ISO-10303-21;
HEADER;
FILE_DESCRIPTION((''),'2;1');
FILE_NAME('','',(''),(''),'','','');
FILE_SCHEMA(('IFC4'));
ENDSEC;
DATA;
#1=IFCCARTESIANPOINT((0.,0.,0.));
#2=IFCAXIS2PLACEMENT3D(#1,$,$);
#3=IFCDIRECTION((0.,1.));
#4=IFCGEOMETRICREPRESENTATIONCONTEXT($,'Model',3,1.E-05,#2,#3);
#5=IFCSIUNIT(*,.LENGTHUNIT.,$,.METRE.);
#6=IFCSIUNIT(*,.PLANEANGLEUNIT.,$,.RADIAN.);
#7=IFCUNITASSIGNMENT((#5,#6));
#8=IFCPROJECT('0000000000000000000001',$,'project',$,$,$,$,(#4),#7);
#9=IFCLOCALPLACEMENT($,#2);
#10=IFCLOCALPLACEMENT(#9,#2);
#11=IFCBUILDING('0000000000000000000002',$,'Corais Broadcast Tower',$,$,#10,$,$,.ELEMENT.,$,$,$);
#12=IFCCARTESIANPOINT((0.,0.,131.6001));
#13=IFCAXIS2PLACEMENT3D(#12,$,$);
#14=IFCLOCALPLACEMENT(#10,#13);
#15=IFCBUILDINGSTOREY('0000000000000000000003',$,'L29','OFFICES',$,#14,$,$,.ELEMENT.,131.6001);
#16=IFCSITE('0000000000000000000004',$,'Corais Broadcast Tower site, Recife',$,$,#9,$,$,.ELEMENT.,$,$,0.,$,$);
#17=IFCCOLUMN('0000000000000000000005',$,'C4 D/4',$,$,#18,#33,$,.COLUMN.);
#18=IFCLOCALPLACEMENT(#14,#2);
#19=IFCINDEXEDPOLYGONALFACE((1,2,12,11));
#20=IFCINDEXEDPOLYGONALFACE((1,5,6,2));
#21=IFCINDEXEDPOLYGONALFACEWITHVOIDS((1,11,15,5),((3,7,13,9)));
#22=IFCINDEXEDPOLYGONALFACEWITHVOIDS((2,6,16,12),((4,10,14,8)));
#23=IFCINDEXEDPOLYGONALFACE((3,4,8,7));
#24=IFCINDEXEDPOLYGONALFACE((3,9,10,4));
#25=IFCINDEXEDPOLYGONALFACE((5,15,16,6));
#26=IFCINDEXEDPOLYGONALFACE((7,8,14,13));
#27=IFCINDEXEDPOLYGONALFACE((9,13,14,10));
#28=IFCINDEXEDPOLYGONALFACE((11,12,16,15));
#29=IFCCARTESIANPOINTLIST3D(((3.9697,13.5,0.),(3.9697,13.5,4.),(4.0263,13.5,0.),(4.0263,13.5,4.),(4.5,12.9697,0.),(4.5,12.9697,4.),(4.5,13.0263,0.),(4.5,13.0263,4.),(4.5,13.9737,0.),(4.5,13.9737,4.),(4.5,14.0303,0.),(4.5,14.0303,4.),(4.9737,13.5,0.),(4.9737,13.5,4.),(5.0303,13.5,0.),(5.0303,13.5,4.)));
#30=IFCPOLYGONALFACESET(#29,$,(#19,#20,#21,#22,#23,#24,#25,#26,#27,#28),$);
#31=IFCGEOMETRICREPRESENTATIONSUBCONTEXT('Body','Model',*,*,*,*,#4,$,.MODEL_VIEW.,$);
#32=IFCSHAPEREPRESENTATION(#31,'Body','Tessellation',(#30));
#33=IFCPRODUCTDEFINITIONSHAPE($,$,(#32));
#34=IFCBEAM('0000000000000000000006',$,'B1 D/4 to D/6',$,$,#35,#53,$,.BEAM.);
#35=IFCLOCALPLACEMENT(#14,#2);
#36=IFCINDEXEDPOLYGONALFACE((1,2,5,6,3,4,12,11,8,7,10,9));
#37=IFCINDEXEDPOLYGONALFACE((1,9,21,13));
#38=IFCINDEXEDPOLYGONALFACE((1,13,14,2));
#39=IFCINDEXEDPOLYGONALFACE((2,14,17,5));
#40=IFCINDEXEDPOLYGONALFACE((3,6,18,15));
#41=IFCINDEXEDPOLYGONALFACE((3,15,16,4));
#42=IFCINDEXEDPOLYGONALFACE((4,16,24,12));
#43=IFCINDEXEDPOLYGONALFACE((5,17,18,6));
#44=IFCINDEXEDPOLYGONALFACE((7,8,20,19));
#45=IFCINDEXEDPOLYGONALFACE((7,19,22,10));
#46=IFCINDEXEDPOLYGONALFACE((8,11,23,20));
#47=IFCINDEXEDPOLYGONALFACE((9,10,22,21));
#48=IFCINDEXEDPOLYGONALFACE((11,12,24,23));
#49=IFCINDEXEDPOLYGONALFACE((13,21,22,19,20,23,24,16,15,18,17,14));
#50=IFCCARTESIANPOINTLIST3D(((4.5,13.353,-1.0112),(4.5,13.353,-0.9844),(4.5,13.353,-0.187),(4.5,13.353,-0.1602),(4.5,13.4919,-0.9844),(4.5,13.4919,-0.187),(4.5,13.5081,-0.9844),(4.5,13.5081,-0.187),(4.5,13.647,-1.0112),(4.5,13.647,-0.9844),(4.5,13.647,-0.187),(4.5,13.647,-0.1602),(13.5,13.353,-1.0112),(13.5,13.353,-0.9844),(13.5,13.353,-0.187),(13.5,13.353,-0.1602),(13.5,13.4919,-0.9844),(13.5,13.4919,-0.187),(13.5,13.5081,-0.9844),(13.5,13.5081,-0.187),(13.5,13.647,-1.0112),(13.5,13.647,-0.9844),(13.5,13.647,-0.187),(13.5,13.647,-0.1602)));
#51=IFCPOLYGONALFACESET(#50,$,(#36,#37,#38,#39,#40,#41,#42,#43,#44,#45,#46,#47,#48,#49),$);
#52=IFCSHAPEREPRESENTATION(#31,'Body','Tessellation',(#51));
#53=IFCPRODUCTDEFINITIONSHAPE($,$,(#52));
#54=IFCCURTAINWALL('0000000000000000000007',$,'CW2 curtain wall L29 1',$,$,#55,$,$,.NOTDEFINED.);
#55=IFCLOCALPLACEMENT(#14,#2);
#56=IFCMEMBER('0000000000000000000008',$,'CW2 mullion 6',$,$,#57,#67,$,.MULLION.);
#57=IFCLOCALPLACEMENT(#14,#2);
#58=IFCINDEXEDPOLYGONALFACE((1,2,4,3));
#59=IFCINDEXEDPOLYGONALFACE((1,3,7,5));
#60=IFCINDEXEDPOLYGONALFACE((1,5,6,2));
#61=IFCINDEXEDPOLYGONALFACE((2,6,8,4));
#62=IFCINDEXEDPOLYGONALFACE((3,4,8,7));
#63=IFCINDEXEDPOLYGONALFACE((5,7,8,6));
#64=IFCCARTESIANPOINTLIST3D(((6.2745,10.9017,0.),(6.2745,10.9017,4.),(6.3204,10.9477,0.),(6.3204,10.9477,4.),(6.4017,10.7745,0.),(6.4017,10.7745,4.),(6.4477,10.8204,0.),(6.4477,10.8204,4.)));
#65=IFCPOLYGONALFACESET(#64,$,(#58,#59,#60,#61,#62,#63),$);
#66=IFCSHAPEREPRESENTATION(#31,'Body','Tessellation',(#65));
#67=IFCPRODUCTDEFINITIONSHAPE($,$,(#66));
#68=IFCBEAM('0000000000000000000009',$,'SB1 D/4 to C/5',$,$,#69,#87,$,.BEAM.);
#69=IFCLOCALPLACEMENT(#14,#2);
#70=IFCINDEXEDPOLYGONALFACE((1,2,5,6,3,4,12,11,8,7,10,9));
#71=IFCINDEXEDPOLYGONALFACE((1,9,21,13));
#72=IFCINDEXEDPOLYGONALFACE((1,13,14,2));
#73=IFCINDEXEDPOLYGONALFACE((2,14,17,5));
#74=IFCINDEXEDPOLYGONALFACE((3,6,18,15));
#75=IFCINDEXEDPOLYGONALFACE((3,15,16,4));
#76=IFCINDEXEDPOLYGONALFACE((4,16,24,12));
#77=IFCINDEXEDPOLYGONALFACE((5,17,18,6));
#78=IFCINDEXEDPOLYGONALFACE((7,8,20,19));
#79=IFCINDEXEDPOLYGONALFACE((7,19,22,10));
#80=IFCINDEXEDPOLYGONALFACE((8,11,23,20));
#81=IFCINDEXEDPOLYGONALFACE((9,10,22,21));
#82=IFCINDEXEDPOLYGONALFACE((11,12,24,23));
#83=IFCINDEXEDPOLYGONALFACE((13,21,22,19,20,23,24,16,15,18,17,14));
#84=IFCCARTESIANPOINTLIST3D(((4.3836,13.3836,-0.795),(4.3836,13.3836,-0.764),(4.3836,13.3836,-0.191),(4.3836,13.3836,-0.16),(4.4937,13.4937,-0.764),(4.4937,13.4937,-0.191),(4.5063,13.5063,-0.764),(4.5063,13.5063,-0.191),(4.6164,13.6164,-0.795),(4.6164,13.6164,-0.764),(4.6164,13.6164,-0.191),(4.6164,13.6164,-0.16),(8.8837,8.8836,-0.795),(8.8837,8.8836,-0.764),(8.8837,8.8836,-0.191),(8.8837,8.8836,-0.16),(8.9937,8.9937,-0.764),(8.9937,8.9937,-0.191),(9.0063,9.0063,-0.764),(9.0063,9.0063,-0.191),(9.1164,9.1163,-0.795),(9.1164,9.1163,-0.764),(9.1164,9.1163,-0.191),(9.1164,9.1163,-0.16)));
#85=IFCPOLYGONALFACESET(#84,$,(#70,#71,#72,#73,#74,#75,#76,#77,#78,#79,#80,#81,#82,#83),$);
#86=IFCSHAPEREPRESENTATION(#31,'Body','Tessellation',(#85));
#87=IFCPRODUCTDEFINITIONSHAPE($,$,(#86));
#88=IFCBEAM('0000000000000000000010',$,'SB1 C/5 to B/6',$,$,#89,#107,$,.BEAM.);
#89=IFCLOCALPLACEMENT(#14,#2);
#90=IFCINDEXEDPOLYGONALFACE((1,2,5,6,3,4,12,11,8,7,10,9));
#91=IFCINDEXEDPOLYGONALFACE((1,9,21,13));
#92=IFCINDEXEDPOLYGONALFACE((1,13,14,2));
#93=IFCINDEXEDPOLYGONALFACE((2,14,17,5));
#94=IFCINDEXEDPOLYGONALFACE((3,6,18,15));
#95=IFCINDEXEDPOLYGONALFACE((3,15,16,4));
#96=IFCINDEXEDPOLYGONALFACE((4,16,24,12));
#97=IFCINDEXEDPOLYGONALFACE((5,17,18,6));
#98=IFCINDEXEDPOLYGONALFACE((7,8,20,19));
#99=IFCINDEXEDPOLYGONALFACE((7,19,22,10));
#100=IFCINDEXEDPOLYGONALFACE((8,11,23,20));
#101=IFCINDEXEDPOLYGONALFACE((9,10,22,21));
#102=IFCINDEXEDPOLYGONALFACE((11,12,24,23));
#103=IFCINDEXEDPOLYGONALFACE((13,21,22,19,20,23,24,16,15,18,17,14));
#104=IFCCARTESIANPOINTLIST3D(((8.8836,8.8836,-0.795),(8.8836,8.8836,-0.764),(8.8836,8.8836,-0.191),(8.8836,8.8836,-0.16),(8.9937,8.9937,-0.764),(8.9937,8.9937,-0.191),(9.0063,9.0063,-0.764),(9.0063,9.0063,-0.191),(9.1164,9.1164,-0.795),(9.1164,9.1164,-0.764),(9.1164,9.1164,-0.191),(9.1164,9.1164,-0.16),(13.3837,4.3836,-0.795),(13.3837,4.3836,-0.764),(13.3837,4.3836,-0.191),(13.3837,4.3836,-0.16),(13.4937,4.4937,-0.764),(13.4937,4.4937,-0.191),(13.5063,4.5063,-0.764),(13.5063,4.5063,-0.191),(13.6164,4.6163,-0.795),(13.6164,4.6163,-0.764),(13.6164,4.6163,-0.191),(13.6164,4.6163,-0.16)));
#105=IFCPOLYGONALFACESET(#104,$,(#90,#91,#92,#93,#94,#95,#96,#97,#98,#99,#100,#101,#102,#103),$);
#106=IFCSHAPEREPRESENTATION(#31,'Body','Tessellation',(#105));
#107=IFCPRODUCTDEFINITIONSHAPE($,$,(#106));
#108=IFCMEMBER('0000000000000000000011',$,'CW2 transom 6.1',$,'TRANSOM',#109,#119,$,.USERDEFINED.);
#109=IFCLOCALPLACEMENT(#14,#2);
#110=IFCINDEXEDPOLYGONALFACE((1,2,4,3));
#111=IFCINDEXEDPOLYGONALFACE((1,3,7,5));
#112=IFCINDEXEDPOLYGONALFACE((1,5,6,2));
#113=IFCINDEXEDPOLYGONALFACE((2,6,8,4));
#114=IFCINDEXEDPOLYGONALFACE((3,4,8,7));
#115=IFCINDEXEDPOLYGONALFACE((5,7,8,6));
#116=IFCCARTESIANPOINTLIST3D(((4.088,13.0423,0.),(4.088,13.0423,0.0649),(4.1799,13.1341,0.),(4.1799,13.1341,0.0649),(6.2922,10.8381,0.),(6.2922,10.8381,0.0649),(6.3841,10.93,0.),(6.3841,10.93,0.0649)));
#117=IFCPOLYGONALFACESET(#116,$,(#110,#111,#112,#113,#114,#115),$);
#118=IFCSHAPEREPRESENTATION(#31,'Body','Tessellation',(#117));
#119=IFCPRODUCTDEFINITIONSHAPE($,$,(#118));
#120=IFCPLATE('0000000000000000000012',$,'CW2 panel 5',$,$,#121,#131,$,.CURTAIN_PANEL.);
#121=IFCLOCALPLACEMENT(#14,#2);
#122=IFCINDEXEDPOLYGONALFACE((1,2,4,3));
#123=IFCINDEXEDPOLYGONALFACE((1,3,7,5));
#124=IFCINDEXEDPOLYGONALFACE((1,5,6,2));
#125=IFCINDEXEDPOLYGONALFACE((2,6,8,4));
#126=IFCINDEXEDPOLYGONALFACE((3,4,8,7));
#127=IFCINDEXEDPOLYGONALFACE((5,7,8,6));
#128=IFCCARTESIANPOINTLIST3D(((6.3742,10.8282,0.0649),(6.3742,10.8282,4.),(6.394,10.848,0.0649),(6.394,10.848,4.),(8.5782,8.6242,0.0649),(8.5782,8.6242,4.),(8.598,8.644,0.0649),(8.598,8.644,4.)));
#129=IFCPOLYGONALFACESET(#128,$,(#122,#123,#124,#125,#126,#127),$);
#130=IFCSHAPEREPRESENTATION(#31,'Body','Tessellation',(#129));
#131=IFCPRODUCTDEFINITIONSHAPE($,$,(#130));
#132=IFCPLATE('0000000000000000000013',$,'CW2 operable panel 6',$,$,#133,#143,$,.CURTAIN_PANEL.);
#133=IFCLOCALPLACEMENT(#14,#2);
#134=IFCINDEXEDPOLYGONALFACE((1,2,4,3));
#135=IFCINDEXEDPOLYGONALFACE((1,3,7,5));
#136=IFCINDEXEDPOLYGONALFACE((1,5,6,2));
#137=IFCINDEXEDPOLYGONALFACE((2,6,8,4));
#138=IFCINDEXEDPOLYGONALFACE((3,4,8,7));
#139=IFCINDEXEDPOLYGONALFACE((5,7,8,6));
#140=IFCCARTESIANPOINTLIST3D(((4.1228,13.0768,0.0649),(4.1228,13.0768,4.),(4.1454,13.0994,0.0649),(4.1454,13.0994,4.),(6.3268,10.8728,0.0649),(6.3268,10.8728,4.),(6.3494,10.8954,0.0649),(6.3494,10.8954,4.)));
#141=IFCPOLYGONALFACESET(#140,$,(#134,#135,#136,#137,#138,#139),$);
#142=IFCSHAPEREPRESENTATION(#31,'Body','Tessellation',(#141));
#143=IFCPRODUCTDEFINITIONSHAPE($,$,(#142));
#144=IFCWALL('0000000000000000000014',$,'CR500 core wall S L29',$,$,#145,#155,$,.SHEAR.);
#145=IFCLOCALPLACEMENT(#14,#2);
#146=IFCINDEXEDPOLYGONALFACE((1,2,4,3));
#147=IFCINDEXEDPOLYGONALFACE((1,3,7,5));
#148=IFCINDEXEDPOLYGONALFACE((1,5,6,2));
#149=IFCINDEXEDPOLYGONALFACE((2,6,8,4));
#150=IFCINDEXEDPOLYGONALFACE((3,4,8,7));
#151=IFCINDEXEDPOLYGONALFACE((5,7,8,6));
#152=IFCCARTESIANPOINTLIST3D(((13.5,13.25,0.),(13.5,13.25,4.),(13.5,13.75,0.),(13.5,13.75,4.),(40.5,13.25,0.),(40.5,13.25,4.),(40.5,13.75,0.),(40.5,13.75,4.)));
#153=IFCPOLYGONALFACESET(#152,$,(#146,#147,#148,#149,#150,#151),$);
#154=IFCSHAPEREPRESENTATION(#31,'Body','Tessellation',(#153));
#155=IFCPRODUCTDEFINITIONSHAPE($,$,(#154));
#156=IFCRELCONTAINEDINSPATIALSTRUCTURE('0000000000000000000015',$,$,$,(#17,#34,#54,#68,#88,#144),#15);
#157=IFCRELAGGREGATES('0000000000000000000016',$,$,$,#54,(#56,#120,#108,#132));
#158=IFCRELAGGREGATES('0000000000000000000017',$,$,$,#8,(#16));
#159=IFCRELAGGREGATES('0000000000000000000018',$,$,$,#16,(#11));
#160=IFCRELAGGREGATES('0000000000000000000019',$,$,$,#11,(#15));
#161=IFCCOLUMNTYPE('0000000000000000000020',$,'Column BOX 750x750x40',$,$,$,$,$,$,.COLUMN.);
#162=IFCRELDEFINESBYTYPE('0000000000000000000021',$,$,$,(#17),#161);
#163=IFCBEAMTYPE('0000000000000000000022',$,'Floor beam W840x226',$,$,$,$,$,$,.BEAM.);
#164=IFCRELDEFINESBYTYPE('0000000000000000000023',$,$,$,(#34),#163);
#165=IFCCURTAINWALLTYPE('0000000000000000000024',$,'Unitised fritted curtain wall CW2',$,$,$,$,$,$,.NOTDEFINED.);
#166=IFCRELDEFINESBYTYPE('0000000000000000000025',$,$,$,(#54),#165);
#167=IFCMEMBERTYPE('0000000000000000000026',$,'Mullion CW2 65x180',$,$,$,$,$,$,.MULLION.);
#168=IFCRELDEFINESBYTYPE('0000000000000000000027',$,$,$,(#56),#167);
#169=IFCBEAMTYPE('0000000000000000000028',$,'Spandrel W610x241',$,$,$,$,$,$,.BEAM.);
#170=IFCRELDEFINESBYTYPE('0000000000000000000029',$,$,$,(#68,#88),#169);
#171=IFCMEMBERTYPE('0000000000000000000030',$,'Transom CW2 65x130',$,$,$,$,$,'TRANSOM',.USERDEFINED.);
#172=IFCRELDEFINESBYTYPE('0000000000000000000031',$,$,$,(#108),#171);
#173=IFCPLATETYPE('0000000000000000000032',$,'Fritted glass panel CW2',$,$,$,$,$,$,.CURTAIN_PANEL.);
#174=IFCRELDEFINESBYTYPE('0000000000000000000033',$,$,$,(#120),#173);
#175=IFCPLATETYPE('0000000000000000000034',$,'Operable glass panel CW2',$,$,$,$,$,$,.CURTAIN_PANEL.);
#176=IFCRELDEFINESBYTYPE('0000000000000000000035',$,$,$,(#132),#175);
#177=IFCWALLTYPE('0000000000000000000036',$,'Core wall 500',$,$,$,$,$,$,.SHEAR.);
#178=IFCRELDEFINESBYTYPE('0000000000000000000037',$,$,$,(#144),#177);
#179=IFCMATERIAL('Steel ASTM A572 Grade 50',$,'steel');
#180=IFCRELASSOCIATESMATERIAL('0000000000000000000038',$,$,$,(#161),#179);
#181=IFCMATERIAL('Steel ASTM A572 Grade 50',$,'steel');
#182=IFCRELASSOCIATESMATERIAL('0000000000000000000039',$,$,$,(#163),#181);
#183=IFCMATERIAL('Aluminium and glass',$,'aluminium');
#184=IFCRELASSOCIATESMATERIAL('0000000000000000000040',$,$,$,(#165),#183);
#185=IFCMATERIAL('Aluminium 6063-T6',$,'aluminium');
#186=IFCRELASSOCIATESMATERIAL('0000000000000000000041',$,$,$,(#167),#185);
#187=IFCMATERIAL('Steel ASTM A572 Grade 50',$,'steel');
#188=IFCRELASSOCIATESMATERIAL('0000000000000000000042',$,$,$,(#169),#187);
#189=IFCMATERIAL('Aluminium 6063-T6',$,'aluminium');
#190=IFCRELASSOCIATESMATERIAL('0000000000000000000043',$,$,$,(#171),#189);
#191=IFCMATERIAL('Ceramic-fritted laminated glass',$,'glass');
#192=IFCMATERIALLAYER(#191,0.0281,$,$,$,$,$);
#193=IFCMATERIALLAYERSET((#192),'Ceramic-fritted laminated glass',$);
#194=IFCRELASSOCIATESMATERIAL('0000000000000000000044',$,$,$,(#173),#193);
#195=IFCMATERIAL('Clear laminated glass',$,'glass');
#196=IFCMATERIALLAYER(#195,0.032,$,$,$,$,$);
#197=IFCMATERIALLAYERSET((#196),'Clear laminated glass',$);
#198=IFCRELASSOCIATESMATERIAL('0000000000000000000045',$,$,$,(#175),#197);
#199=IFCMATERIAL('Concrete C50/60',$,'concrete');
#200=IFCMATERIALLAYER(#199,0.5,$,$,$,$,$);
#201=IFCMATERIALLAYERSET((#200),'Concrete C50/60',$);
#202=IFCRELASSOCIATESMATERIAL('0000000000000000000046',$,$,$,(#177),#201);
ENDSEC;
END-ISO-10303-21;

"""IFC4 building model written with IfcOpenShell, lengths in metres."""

from ifc_helpers import new_model, si_unit, direction, frame, frame_2d, origin, origin_2d, place, context, subcontext, project, spatial, rectangle, hollow_rectangle, i_section, extrude, material, layer, layer_set, material_profile, profile_set, type_object, element, aggregate, save


model = new_model("IFC4")

# Units and contexts
model_context = context("Model", 3, precision=1e-05, world=origin(), true_north=direction((0.0, 1.0)))
body_context = subcontext(model_context, "Body", "Model", "MODEL_VIEW")
ifc_project = project(units=[si_unit("LENGTHUNIT", "METRE"), si_unit("PLANEANGLEUNIT", "RADIAN")], contexts=[model_context])

# Site, building, storey
site_placement = place(None, origin())
site = spatial("IfcSite", under=ifc_project, at=site_placement, Name="Corais Broadcast Tower site, Recife", CompositionType="ELEMENT", RefElevation=0.0)
building_placement = place(site_placement, origin())
building = spatial("IfcBuilding", under=site, at=building_placement, Name="Corais Broadcast Tower", CompositionType="ELEMENT")
storey_placement = place(building_placement, frame((0.0, 0.0, 131.6001)))
storey = spatial("IfcBuildingStorey", under=building, at=storey_placement, Name="L29", Description="OFFICES", CompositionType="ELEMENT", Elevation=131.6001)

# Column
ifc_material_1 = material(Name="Steel ASTM A572 Grade 50", Category="steel")
ifc_material_profile_1 = material_profile(ifc_material_1, hollow_rectangle(XDim=0.75, YDim=0.75, WallThickness=0.04, at=origin_2d()), Name="BOX 750x750x40")
ifc_profile_set_1 = profile_set([ifc_material_profile_1], Name="Steel ASTM A572 Grade 50")
column_type = type_object("IfcColumnType", Name="Column BOX 750x750x40", PredefinedType="COLUMN", material=ifc_profile_set_1)
column_placement = place(storey_placement, frame((4.5, 13.5, 0.0), z_axis=(0.0, 0.0, 1.0), x_axis=(0.707107, 0.707107, 0.0)))
element("IfcColumn", 1, at=column_placement, inside=storey, type_object=column_type, Name="C4 D/4", PredefinedType="COLUMN", context=body_context, shape_type="SweptSolid", body=[
    extrude(hollow_rectangle(XDim=0.75, YDim=0.75, WallThickness=0.04, at=origin_2d()), origin(), (0.0, 0.0, 1.0), 4.0),
])

# Beam
ifc_material_2 = material(Name="Steel ASTM A572 Grade 50", Category="steel")
ifc_material_profile_2 = material_profile(ifc_material_2, i_section(OverallWidth=0.2939, OverallDepth=0.8511, WebThickness=0.0161, FlangeThickness=0.0269, at=origin_2d()), Name="W840x226")
ifc_profile_set_2 = profile_set([ifc_material_profile_2], Name="Steel ASTM A572 Grade 50")
beam_type_1 = type_object("IfcBeamType", Name="Floor beam W840x226", PredefinedType="BEAM", material=ifc_profile_set_2)
beam_placement = place(storey_placement, frame((4.5, 13.5, -0.5857), z_axis=(1.0, 0.0, 0.0), x_axis=(0.0, 1.0, 0.0)))
element("IfcBeam", 2, at=beam_placement, inside=storey, type_object=beam_type_1, Name="B1 D/4 to D/6", PredefinedType="BEAM", context=body_context, shape_type="SweptSolid", body=[
    extrude(i_section(OverallWidth=0.2939, OverallDepth=0.8511, WebThickness=0.0161, FlangeThickness=0.0269, at=origin_2d()), origin(), (0.0, 0.0, 1.0), 9.0),
])

# Curtain wall, member
ifc_material_3 = material(Name="Aluminium and glass", Category="aluminium")
curtain_wall_type = type_object("IfcCurtainWallType", Name="Unitised fritted curtain wall CW2", PredefinedType="NOTDEFINED", material=ifc_material_3)
curtain_wall_placement = place(storey_placement, origin())
curtain_wall = element("IfcCurtainWall", 3, at=curtain_wall_placement, inside=storey, type_object=curtain_wall_type, Name="CW2 curtain wall L29 1", PredefinedType="NOTDEFINED")
ifc_material_4 = material(Name="Aluminium 6063-T6", Category="aluminium")
ifc_material_profile_3 = material_profile(ifc_material_4, rectangle(XDim=0.0649, YDim=0.1799, at=origin_2d()), Name="Mullion CW2 65x180")
ifc_profile_set_3 = profile_set([ifc_material_profile_3], Name="Aluminium 6063-T6")
member_type_1 = type_object("IfcMemberType", Name="Mullion CW2 65x180", PredefinedType="MULLION", material=ifc_profile_set_3)
member_1_placement = place(storey_placement, frame((6.3611, 10.8611, 0.0), z_axis=(0.0, 0.0, 1.0), x_axis=(-0.707107, -0.707107, 0.0)))
member_1 = element("IfcMember", 4, at=member_1_placement, type_object=member_type_1, Name="CW2 mullion 6", PredefinedType="MULLION", context=body_context, shape_type="SweptSolid", body=[
    extrude(rectangle(XDim=0.0649, YDim=0.1799, at=origin_2d()), origin(), (0.0, 0.0, 1.0), 4.0),
])

# Beams
ifc_material_5 = material(Name="Steel ASTM A572 Grade 50", Category="steel")
ifc_material_profile_4 = material_profile(ifc_material_5, i_section(OverallWidth=0.3291, OverallDepth=0.635, WebThickness=0.0178, FlangeThickness=0.031, at=origin_2d()), Name="W610x241")
ifc_profile_set_4 = profile_set([ifc_material_profile_4], Name="Steel ASTM A572 Grade 50")
beam_type_2 = type_object("IfcBeamType", Name="Spandrel W610x241", PredefinedType="BEAM", material=ifc_profile_set_4)
for number, where, z_axis, x_axis, name in (
    (5, (4.5, 13.5, -0.4775), (0.707107, -0.707107, 0.0), (0.707107, 0.707107, 0.0), "SB1 D/4 to C/5"),
    (6, (9.0, 9.0, -0.4775), (0.707107, -0.707107, 0.0), (0.707107, 0.707107, 0.0), "SB1 C/5 to B/6"),
):
    element("IfcBeam", number, at=place(storey_placement, frame(where, z_axis=z_axis, x_axis=x_axis)), inside=storey, type_object=beam_type_2, Name=name, PredefinedType="BEAM", context=body_context, shape_type="SweptSolid", body=[
        extrude(i_section(OverallWidth=0.3291, OverallDepth=0.635, WebThickness=0.0178, FlangeThickness=0.031, at=origin_2d()), origin(), (0.0, 0.0, 1.0), 6.364),
    ])

# Member
ifc_material_6 = material(Name="Aluminium 6063-T6", Category="aluminium")
ifc_material_profile_5 = material_profile(ifc_material_6, rectangle(XDim=0.1299, YDim=0.0649, at=origin_2d()), Name="Transom CW2 65x130")
ifc_profile_set_5 = profile_set([ifc_material_profile_5], Name="Aluminium 6063-T6")
member_type_2 = type_object("IfcMemberType", Name="Transom CW2 65x130", ElementType="TRANSOM", PredefinedType="USERDEFINED", material=ifc_profile_set_5)
member_2_placement = place(storey_placement, frame((6.3381, 10.884, 0.0325), z_axis=(-0.707107, 0.707107, 0.0), x_axis=(-0.707107, -0.707107, 0.0)))
member_2 = element("IfcMember", 7, at=member_2_placement, type_object=member_type_2, Name="CW2 transom 6.1", ObjectType="TRANSOM", PredefinedType="USERDEFINED", context=body_context, shape_type="SweptSolid", body=[
    extrude(rectangle(XDim=0.1299, YDim=0.0649, at=origin_2d()), origin(), (0.0, 0.0, 1.0), 3.1172),
])

# Plates
ifc_material_7 = material(Name="Ceramic-fritted laminated glass", Category="glass")
ifc_layer_1 = layer(ifc_material_7, 0.0281)
ifc_layer_set_1 = layer_set([ifc_layer_1], Name="Ceramic-fritted laminated glass")
plate_type_1 = type_object("IfcPlateType", Name="Fritted glass panel CW2", PredefinedType="CURTAIN_PANEL", material=ifc_layer_set_1)
plate_1_placement = place(storey_placement, frame((7.4861, 9.7361, 0.0649), z_axis=(0.0, 0.0, 1.0), x_axis=(-0.707107, 0.707107, 0.0)))
plate_1 = element("IfcPlate", 8, at=plate_1_placement, type_object=plate_type_1, Name="CW2 panel 5", PredefinedType="CURTAIN_PANEL", context=body_context, shape_type="SweptSolid", body=[
    extrude(rectangle(XDim=3.1169, YDim=0.0281, at=origin_2d()), origin(), (0.0, 0.0, 1.0), 3.9351),
])
ifc_material_8 = material(Name="Clear laminated glass", Category="glass")
ifc_layer_2 = layer(ifc_material_8, 0.032)
ifc_layer_set_2 = layer_set([ifc_layer_2], Name="Clear laminated glass")
plate_type_2 = type_object("IfcPlateType", Name="Operable glass panel CW2", PredefinedType="CURTAIN_PANEL", material=ifc_layer_set_2)
plate_2_placement = place(storey_placement, frame((5.2361, 11.9861, 0.0649), z_axis=(0.0, 0.0, 1.0), x_axis=(-0.707107, 0.707107, 0.0)))
plate_2 = element("IfcPlate", 9, at=plate_2_placement, type_object=plate_type_2, Name="CW2 operable panel 6", PredefinedType="CURTAIN_PANEL", context=body_context, shape_type="SweptSolid", body=[
    extrude(rectangle(XDim=3.1169, YDim=0.032, at=origin_2d()), origin(), (0.0, 0.0, 1.0), 3.9351),
])
aggregate(curtain_wall, [member_1, plate_1, member_2, plate_2])

# Wall
ifc_material_9 = material(Name="Concrete C50/60", Category="concrete")
ifc_layer_3 = layer(ifc_material_9, 0.5)
ifc_layer_set_3 = layer_set([ifc_layer_3], Name="Concrete C50/60")
wall_type_1 = type_object("IfcWallType", Name="Core wall 500", PredefinedType="SHEAR", material=ifc_layer_set_3)
wall_1_placement = place(storey_placement, frame((13.5, 13.5, 0.0), z_axis=(0.0, 0.0, 1.0), x_axis=(1.0, 0.0, 0.0)))
element("IfcWall", 10, at=wall_1_placement, inside=storey, type_object=wall_type_1, Name="CR500 core wall S L29", PredefinedType="SHEAR", context=body_context, shape_type="SweptSolid", body=[
    extrude(rectangle(XDim=27.0, YDim=0.5, at=frame_2d((13.5, 0.0))), origin(), (0.0, 0.0, 1.0), 4.0),
])

save(model, "model.ifc")
